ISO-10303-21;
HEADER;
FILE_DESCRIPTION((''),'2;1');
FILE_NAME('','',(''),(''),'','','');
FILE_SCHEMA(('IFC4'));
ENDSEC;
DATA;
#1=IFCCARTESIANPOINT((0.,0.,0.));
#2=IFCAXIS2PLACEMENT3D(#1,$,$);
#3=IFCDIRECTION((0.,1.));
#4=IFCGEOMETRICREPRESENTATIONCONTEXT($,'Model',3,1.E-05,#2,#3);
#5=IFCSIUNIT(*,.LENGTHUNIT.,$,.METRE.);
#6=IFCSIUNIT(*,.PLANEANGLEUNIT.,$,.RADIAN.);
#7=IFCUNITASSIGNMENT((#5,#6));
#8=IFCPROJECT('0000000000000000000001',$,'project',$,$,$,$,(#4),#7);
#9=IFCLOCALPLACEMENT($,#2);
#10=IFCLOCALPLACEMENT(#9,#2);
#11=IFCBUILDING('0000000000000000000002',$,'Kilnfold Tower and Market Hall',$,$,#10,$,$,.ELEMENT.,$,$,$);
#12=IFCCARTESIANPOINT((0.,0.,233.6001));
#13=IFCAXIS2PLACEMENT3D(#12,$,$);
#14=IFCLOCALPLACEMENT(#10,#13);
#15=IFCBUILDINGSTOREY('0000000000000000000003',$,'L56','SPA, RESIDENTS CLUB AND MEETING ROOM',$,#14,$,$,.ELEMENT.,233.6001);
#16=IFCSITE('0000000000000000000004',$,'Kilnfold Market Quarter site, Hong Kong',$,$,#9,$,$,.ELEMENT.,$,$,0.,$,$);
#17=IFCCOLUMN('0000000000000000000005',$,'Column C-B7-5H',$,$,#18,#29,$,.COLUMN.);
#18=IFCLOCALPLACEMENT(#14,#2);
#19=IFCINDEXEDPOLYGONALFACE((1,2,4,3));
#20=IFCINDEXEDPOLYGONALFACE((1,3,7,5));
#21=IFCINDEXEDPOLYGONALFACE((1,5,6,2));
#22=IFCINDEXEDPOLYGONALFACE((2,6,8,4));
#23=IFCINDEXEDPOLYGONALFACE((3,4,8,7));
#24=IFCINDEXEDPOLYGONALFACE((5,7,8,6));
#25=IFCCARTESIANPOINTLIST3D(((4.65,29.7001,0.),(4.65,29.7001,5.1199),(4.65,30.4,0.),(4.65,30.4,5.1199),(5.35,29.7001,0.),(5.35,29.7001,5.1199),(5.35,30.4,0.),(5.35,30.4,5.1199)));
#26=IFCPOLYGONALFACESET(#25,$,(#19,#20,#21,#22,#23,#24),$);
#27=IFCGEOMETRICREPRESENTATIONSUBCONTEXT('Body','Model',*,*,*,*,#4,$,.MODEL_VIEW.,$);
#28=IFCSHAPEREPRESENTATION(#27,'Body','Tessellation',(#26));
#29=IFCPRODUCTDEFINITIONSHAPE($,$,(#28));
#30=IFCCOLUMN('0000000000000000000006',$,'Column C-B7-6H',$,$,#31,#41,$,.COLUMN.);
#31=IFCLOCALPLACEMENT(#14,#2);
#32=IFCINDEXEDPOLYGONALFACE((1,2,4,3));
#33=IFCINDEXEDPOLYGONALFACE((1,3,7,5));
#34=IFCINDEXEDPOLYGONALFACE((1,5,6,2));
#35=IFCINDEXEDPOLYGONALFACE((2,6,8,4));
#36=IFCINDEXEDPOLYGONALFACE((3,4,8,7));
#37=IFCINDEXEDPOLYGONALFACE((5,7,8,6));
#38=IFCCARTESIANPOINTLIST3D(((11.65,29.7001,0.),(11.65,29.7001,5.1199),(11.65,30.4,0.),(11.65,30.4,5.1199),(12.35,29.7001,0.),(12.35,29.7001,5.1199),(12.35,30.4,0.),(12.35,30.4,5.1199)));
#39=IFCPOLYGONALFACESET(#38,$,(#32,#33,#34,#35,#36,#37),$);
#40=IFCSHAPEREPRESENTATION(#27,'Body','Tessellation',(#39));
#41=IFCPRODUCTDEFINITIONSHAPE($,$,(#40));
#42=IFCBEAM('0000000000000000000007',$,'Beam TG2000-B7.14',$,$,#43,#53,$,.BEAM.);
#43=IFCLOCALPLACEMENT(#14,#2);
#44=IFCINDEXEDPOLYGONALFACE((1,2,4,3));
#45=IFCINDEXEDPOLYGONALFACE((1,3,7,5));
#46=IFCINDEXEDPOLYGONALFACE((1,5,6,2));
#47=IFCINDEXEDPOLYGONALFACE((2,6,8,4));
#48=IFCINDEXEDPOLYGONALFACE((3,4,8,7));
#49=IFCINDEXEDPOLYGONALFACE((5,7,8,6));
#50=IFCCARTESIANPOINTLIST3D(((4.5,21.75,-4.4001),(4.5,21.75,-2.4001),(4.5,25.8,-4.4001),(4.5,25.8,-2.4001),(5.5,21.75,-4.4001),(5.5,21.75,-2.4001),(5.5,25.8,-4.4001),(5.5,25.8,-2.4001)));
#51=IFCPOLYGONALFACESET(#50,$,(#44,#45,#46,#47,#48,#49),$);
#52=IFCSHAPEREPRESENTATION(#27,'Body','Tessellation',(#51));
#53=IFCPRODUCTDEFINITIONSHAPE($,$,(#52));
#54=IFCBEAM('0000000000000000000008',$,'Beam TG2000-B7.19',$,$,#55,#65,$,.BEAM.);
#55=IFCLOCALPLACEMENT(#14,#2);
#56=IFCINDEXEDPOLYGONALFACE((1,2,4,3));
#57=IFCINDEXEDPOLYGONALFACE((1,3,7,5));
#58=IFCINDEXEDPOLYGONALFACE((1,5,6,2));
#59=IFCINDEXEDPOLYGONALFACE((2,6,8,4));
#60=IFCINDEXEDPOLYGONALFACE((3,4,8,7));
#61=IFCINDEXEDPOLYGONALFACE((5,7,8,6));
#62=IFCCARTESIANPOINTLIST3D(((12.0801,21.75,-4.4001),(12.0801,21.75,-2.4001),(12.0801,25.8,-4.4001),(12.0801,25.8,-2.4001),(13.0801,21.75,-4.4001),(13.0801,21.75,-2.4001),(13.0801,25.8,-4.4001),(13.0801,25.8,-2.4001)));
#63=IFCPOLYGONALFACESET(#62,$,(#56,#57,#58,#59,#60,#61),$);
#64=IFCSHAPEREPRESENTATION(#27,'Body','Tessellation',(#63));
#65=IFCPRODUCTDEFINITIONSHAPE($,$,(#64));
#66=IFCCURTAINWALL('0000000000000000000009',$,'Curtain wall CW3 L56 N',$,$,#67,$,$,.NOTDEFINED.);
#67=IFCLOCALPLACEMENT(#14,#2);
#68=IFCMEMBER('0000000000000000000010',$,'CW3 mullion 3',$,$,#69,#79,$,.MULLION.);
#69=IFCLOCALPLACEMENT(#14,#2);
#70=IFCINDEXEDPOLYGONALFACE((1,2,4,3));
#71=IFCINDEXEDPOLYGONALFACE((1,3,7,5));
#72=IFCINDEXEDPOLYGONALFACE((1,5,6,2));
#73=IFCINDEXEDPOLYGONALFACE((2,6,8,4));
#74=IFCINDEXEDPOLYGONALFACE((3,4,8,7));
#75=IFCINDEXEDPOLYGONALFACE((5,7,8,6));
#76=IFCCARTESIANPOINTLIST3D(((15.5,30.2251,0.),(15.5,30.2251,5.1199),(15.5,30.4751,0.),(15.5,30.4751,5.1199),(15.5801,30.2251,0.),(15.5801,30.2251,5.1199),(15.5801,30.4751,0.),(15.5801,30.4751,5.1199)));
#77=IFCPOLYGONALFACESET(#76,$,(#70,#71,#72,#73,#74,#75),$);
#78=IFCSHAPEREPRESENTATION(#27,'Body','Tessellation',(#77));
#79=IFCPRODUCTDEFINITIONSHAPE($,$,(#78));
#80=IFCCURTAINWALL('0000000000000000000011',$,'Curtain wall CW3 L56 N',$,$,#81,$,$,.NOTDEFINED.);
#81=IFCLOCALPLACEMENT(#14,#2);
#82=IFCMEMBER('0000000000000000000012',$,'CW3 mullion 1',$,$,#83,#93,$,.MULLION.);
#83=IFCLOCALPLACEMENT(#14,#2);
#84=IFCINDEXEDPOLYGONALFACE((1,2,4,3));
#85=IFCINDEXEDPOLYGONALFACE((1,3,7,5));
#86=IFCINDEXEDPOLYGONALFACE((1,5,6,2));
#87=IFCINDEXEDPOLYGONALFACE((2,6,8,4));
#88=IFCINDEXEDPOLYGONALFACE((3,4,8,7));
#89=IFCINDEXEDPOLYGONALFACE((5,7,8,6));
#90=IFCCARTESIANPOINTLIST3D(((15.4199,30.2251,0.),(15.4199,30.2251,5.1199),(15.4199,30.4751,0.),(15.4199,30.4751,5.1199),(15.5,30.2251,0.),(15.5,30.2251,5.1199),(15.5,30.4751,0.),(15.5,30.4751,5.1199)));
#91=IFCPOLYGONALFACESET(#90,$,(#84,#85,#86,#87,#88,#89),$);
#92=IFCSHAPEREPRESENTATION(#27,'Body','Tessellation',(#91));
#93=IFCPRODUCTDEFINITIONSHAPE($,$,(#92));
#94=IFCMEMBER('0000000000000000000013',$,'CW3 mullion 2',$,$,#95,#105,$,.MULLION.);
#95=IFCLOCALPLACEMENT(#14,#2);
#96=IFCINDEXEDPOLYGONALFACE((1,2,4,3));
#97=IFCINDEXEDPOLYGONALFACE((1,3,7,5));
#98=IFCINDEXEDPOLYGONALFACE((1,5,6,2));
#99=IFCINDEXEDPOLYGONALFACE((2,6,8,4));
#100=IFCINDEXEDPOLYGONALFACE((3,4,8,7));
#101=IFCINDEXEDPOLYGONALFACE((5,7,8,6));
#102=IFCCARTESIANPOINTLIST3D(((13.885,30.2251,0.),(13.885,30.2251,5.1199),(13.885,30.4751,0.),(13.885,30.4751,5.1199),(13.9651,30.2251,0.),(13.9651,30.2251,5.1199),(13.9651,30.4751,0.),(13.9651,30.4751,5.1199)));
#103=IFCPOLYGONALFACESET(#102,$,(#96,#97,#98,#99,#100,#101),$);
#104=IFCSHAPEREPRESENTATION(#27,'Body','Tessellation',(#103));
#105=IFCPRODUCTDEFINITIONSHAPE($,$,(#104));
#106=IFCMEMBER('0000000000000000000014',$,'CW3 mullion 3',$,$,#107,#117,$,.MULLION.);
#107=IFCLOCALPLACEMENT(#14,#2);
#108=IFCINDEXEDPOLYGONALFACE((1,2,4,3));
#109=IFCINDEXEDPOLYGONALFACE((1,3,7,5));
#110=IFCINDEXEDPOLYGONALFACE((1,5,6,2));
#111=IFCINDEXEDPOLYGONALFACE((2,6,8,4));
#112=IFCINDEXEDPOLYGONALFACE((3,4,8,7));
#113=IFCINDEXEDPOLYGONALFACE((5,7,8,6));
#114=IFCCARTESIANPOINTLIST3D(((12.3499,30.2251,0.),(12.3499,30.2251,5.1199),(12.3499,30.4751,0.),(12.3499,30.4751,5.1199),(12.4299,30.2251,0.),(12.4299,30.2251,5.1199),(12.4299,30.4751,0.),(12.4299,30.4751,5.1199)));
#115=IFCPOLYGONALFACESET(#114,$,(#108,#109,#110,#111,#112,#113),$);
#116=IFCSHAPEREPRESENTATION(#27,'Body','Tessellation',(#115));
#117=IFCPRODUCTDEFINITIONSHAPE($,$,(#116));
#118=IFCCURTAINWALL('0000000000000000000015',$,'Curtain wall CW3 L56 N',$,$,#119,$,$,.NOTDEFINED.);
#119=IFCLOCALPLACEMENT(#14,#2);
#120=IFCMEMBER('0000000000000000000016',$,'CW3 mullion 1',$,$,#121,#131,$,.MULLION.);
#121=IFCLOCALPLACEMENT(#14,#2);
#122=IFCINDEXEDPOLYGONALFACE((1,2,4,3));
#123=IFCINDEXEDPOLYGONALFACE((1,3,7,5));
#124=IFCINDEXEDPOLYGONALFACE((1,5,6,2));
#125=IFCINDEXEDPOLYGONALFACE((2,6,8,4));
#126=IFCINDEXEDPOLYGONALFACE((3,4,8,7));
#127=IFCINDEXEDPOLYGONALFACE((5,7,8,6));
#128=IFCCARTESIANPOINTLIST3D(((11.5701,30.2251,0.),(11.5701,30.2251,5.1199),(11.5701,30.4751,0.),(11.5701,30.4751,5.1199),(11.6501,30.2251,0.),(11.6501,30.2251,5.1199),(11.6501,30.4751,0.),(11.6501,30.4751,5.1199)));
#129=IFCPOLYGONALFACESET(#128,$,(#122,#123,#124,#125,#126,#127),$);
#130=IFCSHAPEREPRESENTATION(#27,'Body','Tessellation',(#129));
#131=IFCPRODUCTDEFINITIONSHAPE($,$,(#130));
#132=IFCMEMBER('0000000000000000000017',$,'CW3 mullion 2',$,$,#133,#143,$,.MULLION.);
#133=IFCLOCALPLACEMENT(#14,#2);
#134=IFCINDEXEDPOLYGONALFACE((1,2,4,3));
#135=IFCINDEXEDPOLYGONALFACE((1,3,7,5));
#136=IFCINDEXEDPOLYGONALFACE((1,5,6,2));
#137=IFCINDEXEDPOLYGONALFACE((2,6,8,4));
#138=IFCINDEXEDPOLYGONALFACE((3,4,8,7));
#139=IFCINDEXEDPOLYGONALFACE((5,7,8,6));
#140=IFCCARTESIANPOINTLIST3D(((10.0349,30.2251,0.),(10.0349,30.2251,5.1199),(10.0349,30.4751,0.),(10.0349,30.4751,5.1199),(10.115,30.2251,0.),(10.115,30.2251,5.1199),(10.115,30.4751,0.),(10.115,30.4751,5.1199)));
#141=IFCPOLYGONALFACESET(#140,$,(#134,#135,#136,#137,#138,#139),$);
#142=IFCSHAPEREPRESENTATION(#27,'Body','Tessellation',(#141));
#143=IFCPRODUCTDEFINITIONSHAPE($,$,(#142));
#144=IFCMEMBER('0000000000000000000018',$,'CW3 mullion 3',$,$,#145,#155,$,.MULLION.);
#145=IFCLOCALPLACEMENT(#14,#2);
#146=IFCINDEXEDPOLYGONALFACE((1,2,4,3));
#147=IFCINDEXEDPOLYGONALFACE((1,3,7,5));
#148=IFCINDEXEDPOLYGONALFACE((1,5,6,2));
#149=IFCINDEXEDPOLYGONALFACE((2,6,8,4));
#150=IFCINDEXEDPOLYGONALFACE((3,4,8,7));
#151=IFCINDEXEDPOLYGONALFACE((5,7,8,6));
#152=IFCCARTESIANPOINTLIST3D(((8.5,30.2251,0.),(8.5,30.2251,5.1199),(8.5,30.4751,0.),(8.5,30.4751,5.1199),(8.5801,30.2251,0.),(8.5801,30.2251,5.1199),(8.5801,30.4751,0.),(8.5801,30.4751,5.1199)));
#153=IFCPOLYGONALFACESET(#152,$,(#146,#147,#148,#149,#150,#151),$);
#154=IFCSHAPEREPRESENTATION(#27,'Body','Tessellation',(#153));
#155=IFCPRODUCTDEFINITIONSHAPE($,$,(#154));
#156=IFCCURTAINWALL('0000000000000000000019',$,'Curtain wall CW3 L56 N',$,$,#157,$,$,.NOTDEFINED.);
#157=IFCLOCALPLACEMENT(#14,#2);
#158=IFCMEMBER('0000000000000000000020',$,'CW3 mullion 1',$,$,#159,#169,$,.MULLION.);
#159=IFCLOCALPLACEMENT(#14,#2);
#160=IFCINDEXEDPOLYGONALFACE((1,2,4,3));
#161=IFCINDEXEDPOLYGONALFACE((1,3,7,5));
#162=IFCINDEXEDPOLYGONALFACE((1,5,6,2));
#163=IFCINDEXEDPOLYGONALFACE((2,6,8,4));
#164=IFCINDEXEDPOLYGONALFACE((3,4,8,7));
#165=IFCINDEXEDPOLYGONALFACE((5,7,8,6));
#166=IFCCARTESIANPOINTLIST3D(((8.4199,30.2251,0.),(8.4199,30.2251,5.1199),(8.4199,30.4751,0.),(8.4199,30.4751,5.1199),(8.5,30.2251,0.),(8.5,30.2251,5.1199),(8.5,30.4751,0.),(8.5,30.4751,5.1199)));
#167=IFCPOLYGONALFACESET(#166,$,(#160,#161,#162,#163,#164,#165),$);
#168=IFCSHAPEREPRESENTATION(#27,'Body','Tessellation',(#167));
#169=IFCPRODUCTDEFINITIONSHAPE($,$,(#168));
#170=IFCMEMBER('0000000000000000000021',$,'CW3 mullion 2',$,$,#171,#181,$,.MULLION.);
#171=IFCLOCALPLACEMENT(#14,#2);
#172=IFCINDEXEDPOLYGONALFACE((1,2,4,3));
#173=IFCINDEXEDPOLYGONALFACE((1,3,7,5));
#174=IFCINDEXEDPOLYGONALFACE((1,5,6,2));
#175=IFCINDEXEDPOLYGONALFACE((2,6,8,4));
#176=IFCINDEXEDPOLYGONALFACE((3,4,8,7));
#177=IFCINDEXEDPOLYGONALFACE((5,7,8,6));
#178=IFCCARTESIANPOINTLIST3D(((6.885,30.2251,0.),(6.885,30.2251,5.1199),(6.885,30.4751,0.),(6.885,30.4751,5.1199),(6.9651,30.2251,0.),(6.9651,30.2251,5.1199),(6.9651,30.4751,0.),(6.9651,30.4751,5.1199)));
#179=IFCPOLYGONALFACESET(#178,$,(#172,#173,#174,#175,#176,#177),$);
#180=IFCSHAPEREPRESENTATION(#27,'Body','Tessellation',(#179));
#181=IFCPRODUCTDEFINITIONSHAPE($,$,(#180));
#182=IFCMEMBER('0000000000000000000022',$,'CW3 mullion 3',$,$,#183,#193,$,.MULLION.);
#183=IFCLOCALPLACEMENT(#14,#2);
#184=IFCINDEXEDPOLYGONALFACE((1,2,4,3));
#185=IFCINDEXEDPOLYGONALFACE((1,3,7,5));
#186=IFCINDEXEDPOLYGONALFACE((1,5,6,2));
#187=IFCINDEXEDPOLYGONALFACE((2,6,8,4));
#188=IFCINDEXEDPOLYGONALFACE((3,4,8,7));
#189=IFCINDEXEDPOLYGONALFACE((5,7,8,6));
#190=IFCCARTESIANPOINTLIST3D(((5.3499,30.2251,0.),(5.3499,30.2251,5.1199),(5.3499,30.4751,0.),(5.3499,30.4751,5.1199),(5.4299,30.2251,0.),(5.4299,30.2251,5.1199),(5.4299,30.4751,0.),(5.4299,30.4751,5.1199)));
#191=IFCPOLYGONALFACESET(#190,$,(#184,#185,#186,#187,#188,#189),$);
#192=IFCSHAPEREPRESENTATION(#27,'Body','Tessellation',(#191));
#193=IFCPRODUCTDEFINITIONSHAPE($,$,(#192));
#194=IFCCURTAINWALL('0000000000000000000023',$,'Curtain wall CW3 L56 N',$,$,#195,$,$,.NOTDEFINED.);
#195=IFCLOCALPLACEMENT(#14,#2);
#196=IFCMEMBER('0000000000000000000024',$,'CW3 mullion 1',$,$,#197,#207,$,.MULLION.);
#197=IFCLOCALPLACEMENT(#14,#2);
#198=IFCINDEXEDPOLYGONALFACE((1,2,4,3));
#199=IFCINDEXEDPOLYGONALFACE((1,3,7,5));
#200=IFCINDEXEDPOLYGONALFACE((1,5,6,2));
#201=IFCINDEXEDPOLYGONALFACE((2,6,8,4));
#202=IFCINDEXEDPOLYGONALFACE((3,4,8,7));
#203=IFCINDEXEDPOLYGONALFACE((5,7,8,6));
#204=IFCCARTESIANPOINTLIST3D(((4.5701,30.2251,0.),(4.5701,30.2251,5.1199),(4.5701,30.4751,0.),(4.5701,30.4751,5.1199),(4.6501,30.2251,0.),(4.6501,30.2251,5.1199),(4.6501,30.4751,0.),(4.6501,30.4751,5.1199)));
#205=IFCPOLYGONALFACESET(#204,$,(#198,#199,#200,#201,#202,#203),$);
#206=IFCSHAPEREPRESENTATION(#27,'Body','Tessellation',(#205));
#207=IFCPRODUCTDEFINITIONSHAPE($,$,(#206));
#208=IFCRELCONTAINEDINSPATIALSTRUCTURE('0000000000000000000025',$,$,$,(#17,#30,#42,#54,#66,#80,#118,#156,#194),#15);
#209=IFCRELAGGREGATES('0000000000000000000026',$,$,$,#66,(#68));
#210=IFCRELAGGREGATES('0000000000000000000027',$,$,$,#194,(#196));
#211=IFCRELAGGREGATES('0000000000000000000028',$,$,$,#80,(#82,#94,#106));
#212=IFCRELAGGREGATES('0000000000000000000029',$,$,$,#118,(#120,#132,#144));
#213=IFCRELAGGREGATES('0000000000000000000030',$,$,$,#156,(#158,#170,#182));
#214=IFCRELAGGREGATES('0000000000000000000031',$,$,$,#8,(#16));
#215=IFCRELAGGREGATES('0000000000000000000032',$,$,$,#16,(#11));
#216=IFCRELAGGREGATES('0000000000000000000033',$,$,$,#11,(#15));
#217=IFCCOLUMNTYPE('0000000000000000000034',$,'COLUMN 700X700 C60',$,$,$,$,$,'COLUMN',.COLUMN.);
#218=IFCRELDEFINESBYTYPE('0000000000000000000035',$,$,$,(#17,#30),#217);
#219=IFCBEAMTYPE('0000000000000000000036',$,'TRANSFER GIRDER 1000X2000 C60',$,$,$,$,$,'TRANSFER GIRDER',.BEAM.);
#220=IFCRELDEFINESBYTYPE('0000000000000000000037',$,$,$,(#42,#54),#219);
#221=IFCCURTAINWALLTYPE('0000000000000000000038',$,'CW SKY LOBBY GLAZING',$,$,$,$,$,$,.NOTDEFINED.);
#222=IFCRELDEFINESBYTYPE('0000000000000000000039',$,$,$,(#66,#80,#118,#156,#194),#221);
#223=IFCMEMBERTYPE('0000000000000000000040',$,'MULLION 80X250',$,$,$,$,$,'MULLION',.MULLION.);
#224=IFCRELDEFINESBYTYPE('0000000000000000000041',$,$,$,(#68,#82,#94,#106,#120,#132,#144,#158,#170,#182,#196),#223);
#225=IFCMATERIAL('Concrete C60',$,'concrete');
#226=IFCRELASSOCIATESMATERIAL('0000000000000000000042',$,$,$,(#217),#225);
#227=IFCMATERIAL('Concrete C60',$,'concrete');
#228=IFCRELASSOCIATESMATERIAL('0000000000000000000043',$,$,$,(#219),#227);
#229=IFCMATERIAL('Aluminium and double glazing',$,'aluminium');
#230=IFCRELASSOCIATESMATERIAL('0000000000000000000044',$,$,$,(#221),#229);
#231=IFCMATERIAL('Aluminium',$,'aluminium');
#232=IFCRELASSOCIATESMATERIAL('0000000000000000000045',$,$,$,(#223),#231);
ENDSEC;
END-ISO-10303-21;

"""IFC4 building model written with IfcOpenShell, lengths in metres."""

from ifc_helpers import new_model, si_unit, direction, frame, origin, origin_2d, place, context, subcontext, project, spatial, rectangle, extrude, source, transform, mapped, material, material_profile, profile_set, type_object, element, aggregate, save


model = new_model("IFC4")

# Units and contexts
model_context = context("Model", 3, precision=1e-05, world=origin(), true_north=direction((0.0, 1.0)))
body_context = subcontext(model_context, "Body", "Model", "MODEL_VIEW")
ifc_project = project(units=[si_unit("LENGTHUNIT", "METRE"), si_unit("PLANEANGLEUNIT", "RADIAN")], contexts=[model_context])

# Site, building, storey
site_placement = place(None, origin())
site = spatial("IfcSite", under=ifc_project, at=site_placement, Name="Kilnfold Market Quarter site, Hong Kong", CompositionType="ELEMENT", RefElevation=0.0)
building_placement = place(site_placement, origin())
building = spatial("IfcBuilding", under=site, at=building_placement, Name="Kilnfold Tower and Market Hall", CompositionType="ELEMENT")
storey_placement = place(building_placement, frame((0.0, 0.0, 233.6001)))
storey = spatial("IfcBuildingStorey", under=building, at=storey_placement, Name="L56", Description="SPA, RESIDENTS CLUB AND MEETING ROOM", CompositionType="ELEMENT", Elevation=233.6001)

# Columns
ifc_material_1 = material(Name="Concrete C60", Category="concrete")
ifc_material_profile_1 = material_profile(ifc_material_1, rectangle(XDim=0.7, YDim=0.7, at=origin_2d()), Name="RC 700x700")
ifc_profile_set_1 = profile_set([ifc_material_profile_1], Name="Concrete C60")
column_type = type_object("IfcColumnType", Name="COLUMN 700X700 C60", ElementType="COLUMN", PredefinedType="COLUMN", material=ifc_profile_set_1)
shared_shape_1 = source(origin(), body_context, "Body", "SweptSolid", [
    extrude(rectangle(XDim=0.7, YDim=0.7, at=origin_2d()), origin(), (0.0, 0.0, 1.0), 5.1199),
])
for number, where, z_axis, x_axis, name in (
    (1, (5.0, 30.05, 0.0), (0.0, 0.0, 1.0), (1.0, 0.0, 0.0), "Column C-B7-5H"),
    (2, (12.0, 30.05, 0.0), (0.0, 0.0, 1.0), (1.0, 0.0, 0.0), "Column C-B7-6H"),
):
    element("IfcColumn", number, at=place(storey_placement, frame(where, z_axis=z_axis, x_axis=x_axis)), inside=storey, type_object=column_type, Name=name, PredefinedType="COLUMN", context=body_context, shape_type="MappedRepresentation", body=[
        mapped(shared_shape_1, transform((0.0, 0.0, 0.0))),
    ])

# Beams
ifc_material_2 = material(Name="Concrete C60", Category="concrete")
ifc_material_profile_2 = material_profile(ifc_material_2, rectangle(XDim=1.0, YDim=2.0, at=origin_2d()), Name="RC 1000x2000")
ifc_profile_set_2 = profile_set([ifc_material_profile_2], Name="Concrete C60")
beam_type = type_object("IfcBeamType", Name="TRANSFER GIRDER 1000X2000 C60", ElementType="TRANSFER GIRDER", PredefinedType="BEAM", material=ifc_profile_set_2)
shared_shape_2 = source(origin(), body_context, "Body", "SweptSolid", [
    extrude(rectangle(XDim=1.0, YDim=2.0, at=origin_2d()), origin(), (0.0, 0.0, 1.0), 4.05),
])
for number, where, z_axis, x_axis, name in (
    (3, (5.0, 21.75, -3.4001), (0.0, 1.0, 0.0), (-1.0, 0.0, 0.0), "Beam TG2000-B7.14"),
    (4, (12.5801, 21.75, -3.4001), (0.0, 1.0, 0.0), (-1.0, 0.0, 0.0), "Beam TG2000-B7.19"),
):
    element("IfcBeam", number, at=place(storey_placement, frame(where, z_axis=z_axis, x_axis=x_axis)), inside=storey, type_object=beam_type, Name=name, PredefinedType="BEAM", context=body_context, shape_type="MappedRepresentation", body=[
        mapped(shared_shape_2, transform((0.0, 0.0, 0.0))),
    ])

# Curtain wall, member
ifc_material_3 = material(Name="Aluminium and double glazing", Category="aluminium")
curtain_wall_type = type_object("IfcCurtainWallType", Name="CW SKY LOBBY GLAZING", PredefinedType="NOTDEFINED", material=ifc_material_3)
curtain_wall_1_placement = place(storey_placement, origin())
curtain_wall_1 = element("IfcCurtainWall", 5, at=curtain_wall_1_placement, inside=storey, type_object=curtain_wall_type, Name="Curtain wall CW3 L56 N", PredefinedType="NOTDEFINED")
ifc_material_4 = material(Name="Aluminium", Category="aluminium")
ifc_material_profile_3 = material_profile(ifc_material_4, rectangle(XDim=0.0801, YDim=0.25, at=origin_2d()), Name="MULLION 80x250")
ifc_profile_set_3 = profile_set([ifc_material_profile_3], Name="Aluminium")
member_type_1 = type_object("IfcMemberType", Name="MULLION 80X250", ElementType="MULLION", PredefinedType="MULLION", material=ifc_profile_set_3)
shared_shape_3 = source(origin(), body_context, "Body", "SweptSolid", [
    extrude(rectangle(XDim=0.0801, YDim=0.25, at=origin_2d()), origin(), (0.0, 0.0, 1.0), 5.1199),
])
member_1_placement = place(storey_placement, frame((15.54, 30.3501, 0.0), z_axis=(0.0, 0.0, 1.0), x_axis=(-1.0, 0.0, 0.0)))
member_1 = element("IfcMember", 6, at=member_1_placement, type_object=member_type_1, Name="CW3 mullion 3", PredefinedType="MULLION", context=body_context, shape_type="MappedRepresentation", body=[
    mapped(shared_shape_3, transform((0.0, 0.0, 0.0))),
])
aggregate(curtain_wall_1, [member_1])

# Curtain walls, members
curtain_wall_2_placement = place(storey_placement, origin())
curtain_wall_2 = element("IfcCurtainWall", 7, at=curtain_wall_2_placement, inside=storey, type_object=curtain_wall_type, Name="Curtain wall CW3 L56 N", PredefinedType="NOTDEFINED")
member_2_placement = place(storey_placement, frame((15.46, 30.3501, 0.0), z_axis=(0.0, 0.0, 1.0), x_axis=(-1.0, 0.0, 0.0)))
member_2 = element("IfcMember", 8, at=member_2_placement, type_object=member_type_1, Name="CW3 mullion 1", PredefinedType="MULLION", context=body_context, shape_type="MappedRepresentation", body=[
    mapped(shared_shape_3, transform((0.0, 0.0, 0.0))),
])
member_3_placement = place(storey_placement, frame((13.925, 30.3501, 0.0), z_axis=(0.0, 0.0, 1.0), x_axis=(-1.0, 0.0, 0.0)))
member_3 = element("IfcMember", 9, at=member_3_placement, type_object=member_type_1, Name="CW3 mullion 2", PredefinedType="MULLION", context=body_context, shape_type="MappedRepresentation", body=[
    mapped(shared_shape_3, transform((0.0, 0.0, 0.0))),
])
member_4_placement = place(storey_placement, frame((12.3899, 30.3501, 0.0), z_axis=(0.0, 0.0, 1.0), x_axis=(-1.0, 0.0, 0.0)))
member_4 = element("IfcMember", 10, at=member_4_placement, type_object=member_type_1, Name="CW3 mullion 3", PredefinedType="MULLION", context=body_context, shape_type="MappedRepresentation", body=[
    mapped(shared_shape_3, transform((0.0, 0.0, 0.0))),
])
curtain_wall_3_placement = place(storey_placement, origin())
curtain_wall_3 = element("IfcCurtainWall", 11, at=curtain_wall_3_placement, inside=storey, type_object=curtain_wall_type, Name="Curtain wall CW3 L56 N", PredefinedType="NOTDEFINED")
member_5_placement = place(storey_placement, frame((11.6101, 30.3501, 0.0), z_axis=(0.0, 0.0, 1.0), x_axis=(-1.0, 0.0, 0.0)))
member_5 = element("IfcMember", 12, at=member_5_placement, type_object=member_type_1, Name="CW3 mullion 1", PredefinedType="MULLION", context=body_context, shape_type="MappedRepresentation", body=[
    mapped(shared_shape_3, transform((0.0, 0.0, 0.0))),
])
member_6_placement = place(storey_placement, frame((10.075, 30.3501, 0.0), z_axis=(0.0, 0.0, 1.0), x_axis=(-1.0, 0.0, 0.0)))
member_6 = element("IfcMember", 13, at=member_6_placement, type_object=member_type_1, Name="CW3 mullion 2", PredefinedType="MULLION", context=body_context, shape_type="MappedRepresentation", body=[
    mapped(shared_shape_3, transform((0.0, 0.0, 0.0))),
])
member_7_placement = place(storey_placement, frame((8.54, 30.3501, 0.0), z_axis=(0.0, 0.0, 1.0), x_axis=(-1.0, 0.0, 0.0)))
member_7 = element("IfcMember", 14, at=member_7_placement, type_object=member_type_1, Name="CW3 mullion 3", PredefinedType="MULLION", context=body_context, shape_type="MappedRepresentation", body=[
    mapped(shared_shape_3, transform((0.0, 0.0, 0.0))),
])
curtain_wall_4_placement = place(storey_placement, origin())
curtain_wall_4 = element("IfcCurtainWall", 15, at=curtain_wall_4_placement, inside=storey, type_object=curtain_wall_type, Name="Curtain wall CW3 L56 N", PredefinedType="NOTDEFINED")
member_8_placement = place(storey_placement, frame((8.46, 30.3501, 0.0), z_axis=(0.0, 0.0, 1.0), x_axis=(-1.0, 0.0, 0.0)))
member_8 = element("IfcMember", 16, at=member_8_placement, type_object=member_type_1, Name="CW3 mullion 1", PredefinedType="MULLION", context=body_context, shape_type="MappedRepresentation", body=[
    mapped(shared_shape_3, transform((0.0, 0.0, 0.0))),
])
member_9_placement = place(storey_placement, frame((6.925, 30.3501, 0.0), z_axis=(0.0, 0.0, 1.0), x_axis=(-1.0, 0.0, 0.0)))
member_9 = element("IfcMember", 17, at=member_9_placement, type_object=member_type_1, Name="CW3 mullion 2", PredefinedType="MULLION", context=body_context, shape_type="MappedRepresentation", body=[
    mapped(shared_shape_3, transform((0.0, 0.0, 0.0))),
])
member_10_placement = place(storey_placement, frame((5.3899, 30.3501, 0.0), z_axis=(0.0, 0.0, 1.0), x_axis=(-1.0, 0.0, 0.0)))
member_10 = element("IfcMember", 18, at=member_10_placement, type_object=member_type_1, Name="CW3 mullion 3", PredefinedType="MULLION", context=body_context, shape_type="MappedRepresentation", body=[
    mapped(shared_shape_3, transform((0.0, 0.0, 0.0))),
])

# Curtain wall, member
curtain_wall_5_placement = place(storey_placement, origin())
curtain_wall_5 = element("IfcCurtainWall", 19, at=curtain_wall_5_placement, inside=storey, type_object=curtain_wall_type, Name="Curtain wall CW3 L56 N", PredefinedType="NOTDEFINED")
member_11_placement = place(storey_placement, frame((4.6101, 30.3501, 0.0), z_axis=(0.0, 0.0, 1.0), x_axis=(-1.0, 0.0, 0.0)))
member_11 = element("IfcMember", 20, at=member_11_placement, type_object=member_type_1, Name="CW3 mullion 1", PredefinedType="MULLION", context=body_context, shape_type="MappedRepresentation", body=[
    mapped(shared_shape_3, transform((0.0, 0.0, 0.0))),
])
aggregate(curtain_wall_5, [member_11])

aggregate(curtain_wall_2, [member_2, member_3, member_4])
aggregate(curtain_wall_3, [member_5, member_6, member_7])
aggregate(curtain_wall_4, [member_8, member_9, member_10])

save(model, "model.ifc")
